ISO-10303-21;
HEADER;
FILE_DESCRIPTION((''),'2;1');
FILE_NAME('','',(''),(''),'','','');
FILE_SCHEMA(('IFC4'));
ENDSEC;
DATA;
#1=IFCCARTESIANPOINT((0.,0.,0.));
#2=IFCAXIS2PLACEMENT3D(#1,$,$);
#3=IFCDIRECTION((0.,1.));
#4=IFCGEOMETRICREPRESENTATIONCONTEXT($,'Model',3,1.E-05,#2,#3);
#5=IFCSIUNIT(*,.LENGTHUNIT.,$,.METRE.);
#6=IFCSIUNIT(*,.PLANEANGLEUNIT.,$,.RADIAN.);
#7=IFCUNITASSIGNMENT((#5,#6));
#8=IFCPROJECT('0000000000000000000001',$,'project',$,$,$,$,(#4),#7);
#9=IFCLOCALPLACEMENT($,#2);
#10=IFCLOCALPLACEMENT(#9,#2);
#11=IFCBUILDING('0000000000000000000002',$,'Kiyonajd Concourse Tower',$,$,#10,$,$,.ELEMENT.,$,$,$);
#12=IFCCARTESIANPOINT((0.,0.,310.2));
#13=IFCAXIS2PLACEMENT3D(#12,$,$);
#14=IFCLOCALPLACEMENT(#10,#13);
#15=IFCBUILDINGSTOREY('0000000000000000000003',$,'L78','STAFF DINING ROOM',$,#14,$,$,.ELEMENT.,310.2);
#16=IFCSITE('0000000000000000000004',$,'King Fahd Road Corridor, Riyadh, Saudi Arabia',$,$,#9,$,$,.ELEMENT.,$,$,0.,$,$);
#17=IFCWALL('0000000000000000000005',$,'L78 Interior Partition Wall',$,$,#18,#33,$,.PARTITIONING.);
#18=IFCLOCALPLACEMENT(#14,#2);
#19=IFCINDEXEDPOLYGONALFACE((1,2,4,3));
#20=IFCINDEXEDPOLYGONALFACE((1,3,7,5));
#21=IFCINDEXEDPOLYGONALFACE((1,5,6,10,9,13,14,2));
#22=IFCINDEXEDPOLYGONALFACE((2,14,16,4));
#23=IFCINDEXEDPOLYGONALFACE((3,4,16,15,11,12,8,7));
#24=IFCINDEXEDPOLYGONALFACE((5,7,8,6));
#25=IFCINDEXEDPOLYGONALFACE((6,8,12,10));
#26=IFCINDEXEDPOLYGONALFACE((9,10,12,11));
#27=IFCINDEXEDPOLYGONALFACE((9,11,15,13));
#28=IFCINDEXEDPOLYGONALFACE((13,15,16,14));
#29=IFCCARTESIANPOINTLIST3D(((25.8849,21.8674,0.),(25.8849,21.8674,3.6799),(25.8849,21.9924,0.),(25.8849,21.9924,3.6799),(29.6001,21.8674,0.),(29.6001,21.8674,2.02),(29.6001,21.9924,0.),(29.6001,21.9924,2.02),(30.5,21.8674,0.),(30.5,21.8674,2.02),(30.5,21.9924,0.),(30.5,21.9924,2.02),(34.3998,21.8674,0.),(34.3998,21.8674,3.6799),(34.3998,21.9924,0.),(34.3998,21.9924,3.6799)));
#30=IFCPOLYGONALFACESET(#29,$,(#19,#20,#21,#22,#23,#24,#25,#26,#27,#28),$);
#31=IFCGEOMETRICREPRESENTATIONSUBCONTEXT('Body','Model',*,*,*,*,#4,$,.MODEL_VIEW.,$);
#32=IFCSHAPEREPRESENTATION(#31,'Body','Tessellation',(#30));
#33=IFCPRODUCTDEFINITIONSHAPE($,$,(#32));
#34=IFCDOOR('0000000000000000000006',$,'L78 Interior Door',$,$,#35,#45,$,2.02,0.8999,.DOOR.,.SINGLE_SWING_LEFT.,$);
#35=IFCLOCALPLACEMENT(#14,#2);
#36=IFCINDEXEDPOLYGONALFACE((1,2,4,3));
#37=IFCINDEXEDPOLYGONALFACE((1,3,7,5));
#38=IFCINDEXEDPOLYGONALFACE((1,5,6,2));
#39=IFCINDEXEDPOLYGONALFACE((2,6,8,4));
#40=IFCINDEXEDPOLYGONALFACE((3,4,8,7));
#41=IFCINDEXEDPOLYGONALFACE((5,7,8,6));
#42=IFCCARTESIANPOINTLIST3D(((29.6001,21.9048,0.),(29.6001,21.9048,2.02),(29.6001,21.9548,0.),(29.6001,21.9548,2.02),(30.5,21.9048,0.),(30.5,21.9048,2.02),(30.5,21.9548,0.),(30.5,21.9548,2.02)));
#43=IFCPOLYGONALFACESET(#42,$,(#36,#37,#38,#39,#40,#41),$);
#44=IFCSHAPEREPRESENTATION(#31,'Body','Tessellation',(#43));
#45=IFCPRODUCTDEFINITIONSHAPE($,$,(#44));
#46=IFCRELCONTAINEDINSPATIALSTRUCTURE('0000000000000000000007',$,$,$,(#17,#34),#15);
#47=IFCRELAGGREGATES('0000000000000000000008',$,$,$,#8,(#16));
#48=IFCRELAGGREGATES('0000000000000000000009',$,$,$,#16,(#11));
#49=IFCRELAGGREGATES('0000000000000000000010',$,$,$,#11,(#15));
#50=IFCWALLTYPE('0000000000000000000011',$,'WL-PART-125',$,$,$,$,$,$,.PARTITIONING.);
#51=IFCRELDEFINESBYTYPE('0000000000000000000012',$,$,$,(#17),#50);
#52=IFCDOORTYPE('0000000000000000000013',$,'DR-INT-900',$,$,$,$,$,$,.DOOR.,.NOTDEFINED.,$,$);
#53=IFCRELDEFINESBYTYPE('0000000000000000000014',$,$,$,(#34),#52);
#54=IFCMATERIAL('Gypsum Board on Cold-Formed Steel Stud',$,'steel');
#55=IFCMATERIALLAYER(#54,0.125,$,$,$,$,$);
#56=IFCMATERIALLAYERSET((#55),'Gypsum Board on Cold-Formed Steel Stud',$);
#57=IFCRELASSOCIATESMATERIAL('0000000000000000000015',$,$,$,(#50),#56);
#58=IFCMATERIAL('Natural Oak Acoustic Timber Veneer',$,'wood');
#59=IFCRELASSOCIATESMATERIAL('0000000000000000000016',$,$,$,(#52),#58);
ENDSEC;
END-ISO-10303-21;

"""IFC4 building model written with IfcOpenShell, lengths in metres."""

from ifc_helpers import new_model, si_unit, direction, frame, frame_2d, origin, place, context, subcontext, project, spatial, rectangle, extrude, material, layer, layer_set, type_object, element, fill, save


model = new_model("IFC4")

# Units and contexts
model_context = context("Model", 3, precision=1e-05, world=origin(), true_north=direction((0.0, 1.0)))
body_context = subcontext(model_context, "Body", "Model", "MODEL_VIEW")
ifc_project = project(units=[si_unit("LENGTHUNIT", "METRE"), si_unit("PLANEANGLEUNIT", "RADIAN")], contexts=[model_context])

# Site, building, storey
site_placement = place(None, origin())
site = spatial("IfcSite", under=ifc_project, at=site_placement, Name="King Fahd Road Corridor, Riyadh, Saudi Arabia", CompositionType="ELEMENT", RefElevation=0.0)
building_placement = place(site_placement, origin())
building = spatial("IfcBuilding", under=site, at=building_placement, Name="Kiyonajd Concourse Tower", CompositionType="ELEMENT")
storey_placement = place(building_placement, frame((0.0, 0.0, 310.2)))
storey = spatial("IfcBuildingStorey", under=building, at=storey_placement, Name="L78", Description="STAFF DINING ROOM", CompositionType="ELEMENT", Elevation=310.2)

# Wall, opening, door
ifc_material_1 = material(Name="Gypsum Board on Cold-Formed Steel Stud", Category="steel")
ifc_layer_1 = layer(ifc_material_1, 0.125)
ifc_layer_set_1 = layer_set([ifc_layer_1], Name="Gypsum Board on Cold-Formed Steel Stud")
wall_type_1 = type_object("IfcWallType", Name="WL-PART-125", PredefinedType="PARTITIONING", material=ifc_layer_set_1)
wall_1_placement = place(storey_placement, frame((25.885, 21.9299, 0.0), z_axis=(0.0, 0.0, 1.0), x_axis=(1.0, 0.0, 0.0)))
wall_1 = element("IfcWall", 1, at=wall_1_placement, inside=storey, type_object=wall_type_1, Name="L78 Interior Partition Wall", PredefinedType="PARTITIONING", context=body_context, shape_type="SweptSolid", body=[
    extrude(rectangle(XDim=8.5149, YDim=0.125, at=frame_2d((4.2573, 0.0))), origin(), (0.0, 0.0, 1.0), 3.6799),
])
opening_1_placement = place(wall_1_placement, frame((3.7151, 0.0, 0.0)))
opening_1 = element("IfcOpeningElement", 2, at=opening_1_placement, cuts=wall_1, PredefinedType="OPENING", context=body_context, shape_type="SweptSolid", body=[
    extrude(rectangle(XDim=0.8999, YDim=2.02, at=frame_2d((0.45, 1.01))), frame((0.0, 0.0725, 0.0), z_axis=(0.0, -1.0, 0.0), x_axis=(1.0, 0.0, 0.0)), (0.0, 0.0, 1.0), 0.145),
])
ifc_material_2 = material(Name="Natural Oak Acoustic Timber Veneer", Category="wood")
door_type_1 = type_object("IfcDoorType", Name="DR-INT-900", OperationType="NOTDEFINED", PredefinedType="DOOR", material=ifc_material_2)
door_1_placement = place(opening_1_placement, origin())
door_1 = element("IfcDoor", 3, at=door_1_placement, inside=storey, type_object=door_type_1, Name="L78 Interior Door", OperationType="SINGLE_SWING_LEFT", OverallHeight=2.02, OverallWidth=0.8999, PredefinedType="DOOR", context=body_context, shape_type="SweptSolid", body=[
    extrude(rectangle(XDim=0.8999, YDim=2.02, at=frame_2d((0.45, 1.01))), frame((0.0, 0.0249, 0.0), z_axis=(0.0, -1.0, 0.0), x_axis=(1.0, 0.0, 0.0)), (0.0, 0.0, 1.0), 0.05),
])
fill(opening_1, door_1)

save(model, "model.ifc")
